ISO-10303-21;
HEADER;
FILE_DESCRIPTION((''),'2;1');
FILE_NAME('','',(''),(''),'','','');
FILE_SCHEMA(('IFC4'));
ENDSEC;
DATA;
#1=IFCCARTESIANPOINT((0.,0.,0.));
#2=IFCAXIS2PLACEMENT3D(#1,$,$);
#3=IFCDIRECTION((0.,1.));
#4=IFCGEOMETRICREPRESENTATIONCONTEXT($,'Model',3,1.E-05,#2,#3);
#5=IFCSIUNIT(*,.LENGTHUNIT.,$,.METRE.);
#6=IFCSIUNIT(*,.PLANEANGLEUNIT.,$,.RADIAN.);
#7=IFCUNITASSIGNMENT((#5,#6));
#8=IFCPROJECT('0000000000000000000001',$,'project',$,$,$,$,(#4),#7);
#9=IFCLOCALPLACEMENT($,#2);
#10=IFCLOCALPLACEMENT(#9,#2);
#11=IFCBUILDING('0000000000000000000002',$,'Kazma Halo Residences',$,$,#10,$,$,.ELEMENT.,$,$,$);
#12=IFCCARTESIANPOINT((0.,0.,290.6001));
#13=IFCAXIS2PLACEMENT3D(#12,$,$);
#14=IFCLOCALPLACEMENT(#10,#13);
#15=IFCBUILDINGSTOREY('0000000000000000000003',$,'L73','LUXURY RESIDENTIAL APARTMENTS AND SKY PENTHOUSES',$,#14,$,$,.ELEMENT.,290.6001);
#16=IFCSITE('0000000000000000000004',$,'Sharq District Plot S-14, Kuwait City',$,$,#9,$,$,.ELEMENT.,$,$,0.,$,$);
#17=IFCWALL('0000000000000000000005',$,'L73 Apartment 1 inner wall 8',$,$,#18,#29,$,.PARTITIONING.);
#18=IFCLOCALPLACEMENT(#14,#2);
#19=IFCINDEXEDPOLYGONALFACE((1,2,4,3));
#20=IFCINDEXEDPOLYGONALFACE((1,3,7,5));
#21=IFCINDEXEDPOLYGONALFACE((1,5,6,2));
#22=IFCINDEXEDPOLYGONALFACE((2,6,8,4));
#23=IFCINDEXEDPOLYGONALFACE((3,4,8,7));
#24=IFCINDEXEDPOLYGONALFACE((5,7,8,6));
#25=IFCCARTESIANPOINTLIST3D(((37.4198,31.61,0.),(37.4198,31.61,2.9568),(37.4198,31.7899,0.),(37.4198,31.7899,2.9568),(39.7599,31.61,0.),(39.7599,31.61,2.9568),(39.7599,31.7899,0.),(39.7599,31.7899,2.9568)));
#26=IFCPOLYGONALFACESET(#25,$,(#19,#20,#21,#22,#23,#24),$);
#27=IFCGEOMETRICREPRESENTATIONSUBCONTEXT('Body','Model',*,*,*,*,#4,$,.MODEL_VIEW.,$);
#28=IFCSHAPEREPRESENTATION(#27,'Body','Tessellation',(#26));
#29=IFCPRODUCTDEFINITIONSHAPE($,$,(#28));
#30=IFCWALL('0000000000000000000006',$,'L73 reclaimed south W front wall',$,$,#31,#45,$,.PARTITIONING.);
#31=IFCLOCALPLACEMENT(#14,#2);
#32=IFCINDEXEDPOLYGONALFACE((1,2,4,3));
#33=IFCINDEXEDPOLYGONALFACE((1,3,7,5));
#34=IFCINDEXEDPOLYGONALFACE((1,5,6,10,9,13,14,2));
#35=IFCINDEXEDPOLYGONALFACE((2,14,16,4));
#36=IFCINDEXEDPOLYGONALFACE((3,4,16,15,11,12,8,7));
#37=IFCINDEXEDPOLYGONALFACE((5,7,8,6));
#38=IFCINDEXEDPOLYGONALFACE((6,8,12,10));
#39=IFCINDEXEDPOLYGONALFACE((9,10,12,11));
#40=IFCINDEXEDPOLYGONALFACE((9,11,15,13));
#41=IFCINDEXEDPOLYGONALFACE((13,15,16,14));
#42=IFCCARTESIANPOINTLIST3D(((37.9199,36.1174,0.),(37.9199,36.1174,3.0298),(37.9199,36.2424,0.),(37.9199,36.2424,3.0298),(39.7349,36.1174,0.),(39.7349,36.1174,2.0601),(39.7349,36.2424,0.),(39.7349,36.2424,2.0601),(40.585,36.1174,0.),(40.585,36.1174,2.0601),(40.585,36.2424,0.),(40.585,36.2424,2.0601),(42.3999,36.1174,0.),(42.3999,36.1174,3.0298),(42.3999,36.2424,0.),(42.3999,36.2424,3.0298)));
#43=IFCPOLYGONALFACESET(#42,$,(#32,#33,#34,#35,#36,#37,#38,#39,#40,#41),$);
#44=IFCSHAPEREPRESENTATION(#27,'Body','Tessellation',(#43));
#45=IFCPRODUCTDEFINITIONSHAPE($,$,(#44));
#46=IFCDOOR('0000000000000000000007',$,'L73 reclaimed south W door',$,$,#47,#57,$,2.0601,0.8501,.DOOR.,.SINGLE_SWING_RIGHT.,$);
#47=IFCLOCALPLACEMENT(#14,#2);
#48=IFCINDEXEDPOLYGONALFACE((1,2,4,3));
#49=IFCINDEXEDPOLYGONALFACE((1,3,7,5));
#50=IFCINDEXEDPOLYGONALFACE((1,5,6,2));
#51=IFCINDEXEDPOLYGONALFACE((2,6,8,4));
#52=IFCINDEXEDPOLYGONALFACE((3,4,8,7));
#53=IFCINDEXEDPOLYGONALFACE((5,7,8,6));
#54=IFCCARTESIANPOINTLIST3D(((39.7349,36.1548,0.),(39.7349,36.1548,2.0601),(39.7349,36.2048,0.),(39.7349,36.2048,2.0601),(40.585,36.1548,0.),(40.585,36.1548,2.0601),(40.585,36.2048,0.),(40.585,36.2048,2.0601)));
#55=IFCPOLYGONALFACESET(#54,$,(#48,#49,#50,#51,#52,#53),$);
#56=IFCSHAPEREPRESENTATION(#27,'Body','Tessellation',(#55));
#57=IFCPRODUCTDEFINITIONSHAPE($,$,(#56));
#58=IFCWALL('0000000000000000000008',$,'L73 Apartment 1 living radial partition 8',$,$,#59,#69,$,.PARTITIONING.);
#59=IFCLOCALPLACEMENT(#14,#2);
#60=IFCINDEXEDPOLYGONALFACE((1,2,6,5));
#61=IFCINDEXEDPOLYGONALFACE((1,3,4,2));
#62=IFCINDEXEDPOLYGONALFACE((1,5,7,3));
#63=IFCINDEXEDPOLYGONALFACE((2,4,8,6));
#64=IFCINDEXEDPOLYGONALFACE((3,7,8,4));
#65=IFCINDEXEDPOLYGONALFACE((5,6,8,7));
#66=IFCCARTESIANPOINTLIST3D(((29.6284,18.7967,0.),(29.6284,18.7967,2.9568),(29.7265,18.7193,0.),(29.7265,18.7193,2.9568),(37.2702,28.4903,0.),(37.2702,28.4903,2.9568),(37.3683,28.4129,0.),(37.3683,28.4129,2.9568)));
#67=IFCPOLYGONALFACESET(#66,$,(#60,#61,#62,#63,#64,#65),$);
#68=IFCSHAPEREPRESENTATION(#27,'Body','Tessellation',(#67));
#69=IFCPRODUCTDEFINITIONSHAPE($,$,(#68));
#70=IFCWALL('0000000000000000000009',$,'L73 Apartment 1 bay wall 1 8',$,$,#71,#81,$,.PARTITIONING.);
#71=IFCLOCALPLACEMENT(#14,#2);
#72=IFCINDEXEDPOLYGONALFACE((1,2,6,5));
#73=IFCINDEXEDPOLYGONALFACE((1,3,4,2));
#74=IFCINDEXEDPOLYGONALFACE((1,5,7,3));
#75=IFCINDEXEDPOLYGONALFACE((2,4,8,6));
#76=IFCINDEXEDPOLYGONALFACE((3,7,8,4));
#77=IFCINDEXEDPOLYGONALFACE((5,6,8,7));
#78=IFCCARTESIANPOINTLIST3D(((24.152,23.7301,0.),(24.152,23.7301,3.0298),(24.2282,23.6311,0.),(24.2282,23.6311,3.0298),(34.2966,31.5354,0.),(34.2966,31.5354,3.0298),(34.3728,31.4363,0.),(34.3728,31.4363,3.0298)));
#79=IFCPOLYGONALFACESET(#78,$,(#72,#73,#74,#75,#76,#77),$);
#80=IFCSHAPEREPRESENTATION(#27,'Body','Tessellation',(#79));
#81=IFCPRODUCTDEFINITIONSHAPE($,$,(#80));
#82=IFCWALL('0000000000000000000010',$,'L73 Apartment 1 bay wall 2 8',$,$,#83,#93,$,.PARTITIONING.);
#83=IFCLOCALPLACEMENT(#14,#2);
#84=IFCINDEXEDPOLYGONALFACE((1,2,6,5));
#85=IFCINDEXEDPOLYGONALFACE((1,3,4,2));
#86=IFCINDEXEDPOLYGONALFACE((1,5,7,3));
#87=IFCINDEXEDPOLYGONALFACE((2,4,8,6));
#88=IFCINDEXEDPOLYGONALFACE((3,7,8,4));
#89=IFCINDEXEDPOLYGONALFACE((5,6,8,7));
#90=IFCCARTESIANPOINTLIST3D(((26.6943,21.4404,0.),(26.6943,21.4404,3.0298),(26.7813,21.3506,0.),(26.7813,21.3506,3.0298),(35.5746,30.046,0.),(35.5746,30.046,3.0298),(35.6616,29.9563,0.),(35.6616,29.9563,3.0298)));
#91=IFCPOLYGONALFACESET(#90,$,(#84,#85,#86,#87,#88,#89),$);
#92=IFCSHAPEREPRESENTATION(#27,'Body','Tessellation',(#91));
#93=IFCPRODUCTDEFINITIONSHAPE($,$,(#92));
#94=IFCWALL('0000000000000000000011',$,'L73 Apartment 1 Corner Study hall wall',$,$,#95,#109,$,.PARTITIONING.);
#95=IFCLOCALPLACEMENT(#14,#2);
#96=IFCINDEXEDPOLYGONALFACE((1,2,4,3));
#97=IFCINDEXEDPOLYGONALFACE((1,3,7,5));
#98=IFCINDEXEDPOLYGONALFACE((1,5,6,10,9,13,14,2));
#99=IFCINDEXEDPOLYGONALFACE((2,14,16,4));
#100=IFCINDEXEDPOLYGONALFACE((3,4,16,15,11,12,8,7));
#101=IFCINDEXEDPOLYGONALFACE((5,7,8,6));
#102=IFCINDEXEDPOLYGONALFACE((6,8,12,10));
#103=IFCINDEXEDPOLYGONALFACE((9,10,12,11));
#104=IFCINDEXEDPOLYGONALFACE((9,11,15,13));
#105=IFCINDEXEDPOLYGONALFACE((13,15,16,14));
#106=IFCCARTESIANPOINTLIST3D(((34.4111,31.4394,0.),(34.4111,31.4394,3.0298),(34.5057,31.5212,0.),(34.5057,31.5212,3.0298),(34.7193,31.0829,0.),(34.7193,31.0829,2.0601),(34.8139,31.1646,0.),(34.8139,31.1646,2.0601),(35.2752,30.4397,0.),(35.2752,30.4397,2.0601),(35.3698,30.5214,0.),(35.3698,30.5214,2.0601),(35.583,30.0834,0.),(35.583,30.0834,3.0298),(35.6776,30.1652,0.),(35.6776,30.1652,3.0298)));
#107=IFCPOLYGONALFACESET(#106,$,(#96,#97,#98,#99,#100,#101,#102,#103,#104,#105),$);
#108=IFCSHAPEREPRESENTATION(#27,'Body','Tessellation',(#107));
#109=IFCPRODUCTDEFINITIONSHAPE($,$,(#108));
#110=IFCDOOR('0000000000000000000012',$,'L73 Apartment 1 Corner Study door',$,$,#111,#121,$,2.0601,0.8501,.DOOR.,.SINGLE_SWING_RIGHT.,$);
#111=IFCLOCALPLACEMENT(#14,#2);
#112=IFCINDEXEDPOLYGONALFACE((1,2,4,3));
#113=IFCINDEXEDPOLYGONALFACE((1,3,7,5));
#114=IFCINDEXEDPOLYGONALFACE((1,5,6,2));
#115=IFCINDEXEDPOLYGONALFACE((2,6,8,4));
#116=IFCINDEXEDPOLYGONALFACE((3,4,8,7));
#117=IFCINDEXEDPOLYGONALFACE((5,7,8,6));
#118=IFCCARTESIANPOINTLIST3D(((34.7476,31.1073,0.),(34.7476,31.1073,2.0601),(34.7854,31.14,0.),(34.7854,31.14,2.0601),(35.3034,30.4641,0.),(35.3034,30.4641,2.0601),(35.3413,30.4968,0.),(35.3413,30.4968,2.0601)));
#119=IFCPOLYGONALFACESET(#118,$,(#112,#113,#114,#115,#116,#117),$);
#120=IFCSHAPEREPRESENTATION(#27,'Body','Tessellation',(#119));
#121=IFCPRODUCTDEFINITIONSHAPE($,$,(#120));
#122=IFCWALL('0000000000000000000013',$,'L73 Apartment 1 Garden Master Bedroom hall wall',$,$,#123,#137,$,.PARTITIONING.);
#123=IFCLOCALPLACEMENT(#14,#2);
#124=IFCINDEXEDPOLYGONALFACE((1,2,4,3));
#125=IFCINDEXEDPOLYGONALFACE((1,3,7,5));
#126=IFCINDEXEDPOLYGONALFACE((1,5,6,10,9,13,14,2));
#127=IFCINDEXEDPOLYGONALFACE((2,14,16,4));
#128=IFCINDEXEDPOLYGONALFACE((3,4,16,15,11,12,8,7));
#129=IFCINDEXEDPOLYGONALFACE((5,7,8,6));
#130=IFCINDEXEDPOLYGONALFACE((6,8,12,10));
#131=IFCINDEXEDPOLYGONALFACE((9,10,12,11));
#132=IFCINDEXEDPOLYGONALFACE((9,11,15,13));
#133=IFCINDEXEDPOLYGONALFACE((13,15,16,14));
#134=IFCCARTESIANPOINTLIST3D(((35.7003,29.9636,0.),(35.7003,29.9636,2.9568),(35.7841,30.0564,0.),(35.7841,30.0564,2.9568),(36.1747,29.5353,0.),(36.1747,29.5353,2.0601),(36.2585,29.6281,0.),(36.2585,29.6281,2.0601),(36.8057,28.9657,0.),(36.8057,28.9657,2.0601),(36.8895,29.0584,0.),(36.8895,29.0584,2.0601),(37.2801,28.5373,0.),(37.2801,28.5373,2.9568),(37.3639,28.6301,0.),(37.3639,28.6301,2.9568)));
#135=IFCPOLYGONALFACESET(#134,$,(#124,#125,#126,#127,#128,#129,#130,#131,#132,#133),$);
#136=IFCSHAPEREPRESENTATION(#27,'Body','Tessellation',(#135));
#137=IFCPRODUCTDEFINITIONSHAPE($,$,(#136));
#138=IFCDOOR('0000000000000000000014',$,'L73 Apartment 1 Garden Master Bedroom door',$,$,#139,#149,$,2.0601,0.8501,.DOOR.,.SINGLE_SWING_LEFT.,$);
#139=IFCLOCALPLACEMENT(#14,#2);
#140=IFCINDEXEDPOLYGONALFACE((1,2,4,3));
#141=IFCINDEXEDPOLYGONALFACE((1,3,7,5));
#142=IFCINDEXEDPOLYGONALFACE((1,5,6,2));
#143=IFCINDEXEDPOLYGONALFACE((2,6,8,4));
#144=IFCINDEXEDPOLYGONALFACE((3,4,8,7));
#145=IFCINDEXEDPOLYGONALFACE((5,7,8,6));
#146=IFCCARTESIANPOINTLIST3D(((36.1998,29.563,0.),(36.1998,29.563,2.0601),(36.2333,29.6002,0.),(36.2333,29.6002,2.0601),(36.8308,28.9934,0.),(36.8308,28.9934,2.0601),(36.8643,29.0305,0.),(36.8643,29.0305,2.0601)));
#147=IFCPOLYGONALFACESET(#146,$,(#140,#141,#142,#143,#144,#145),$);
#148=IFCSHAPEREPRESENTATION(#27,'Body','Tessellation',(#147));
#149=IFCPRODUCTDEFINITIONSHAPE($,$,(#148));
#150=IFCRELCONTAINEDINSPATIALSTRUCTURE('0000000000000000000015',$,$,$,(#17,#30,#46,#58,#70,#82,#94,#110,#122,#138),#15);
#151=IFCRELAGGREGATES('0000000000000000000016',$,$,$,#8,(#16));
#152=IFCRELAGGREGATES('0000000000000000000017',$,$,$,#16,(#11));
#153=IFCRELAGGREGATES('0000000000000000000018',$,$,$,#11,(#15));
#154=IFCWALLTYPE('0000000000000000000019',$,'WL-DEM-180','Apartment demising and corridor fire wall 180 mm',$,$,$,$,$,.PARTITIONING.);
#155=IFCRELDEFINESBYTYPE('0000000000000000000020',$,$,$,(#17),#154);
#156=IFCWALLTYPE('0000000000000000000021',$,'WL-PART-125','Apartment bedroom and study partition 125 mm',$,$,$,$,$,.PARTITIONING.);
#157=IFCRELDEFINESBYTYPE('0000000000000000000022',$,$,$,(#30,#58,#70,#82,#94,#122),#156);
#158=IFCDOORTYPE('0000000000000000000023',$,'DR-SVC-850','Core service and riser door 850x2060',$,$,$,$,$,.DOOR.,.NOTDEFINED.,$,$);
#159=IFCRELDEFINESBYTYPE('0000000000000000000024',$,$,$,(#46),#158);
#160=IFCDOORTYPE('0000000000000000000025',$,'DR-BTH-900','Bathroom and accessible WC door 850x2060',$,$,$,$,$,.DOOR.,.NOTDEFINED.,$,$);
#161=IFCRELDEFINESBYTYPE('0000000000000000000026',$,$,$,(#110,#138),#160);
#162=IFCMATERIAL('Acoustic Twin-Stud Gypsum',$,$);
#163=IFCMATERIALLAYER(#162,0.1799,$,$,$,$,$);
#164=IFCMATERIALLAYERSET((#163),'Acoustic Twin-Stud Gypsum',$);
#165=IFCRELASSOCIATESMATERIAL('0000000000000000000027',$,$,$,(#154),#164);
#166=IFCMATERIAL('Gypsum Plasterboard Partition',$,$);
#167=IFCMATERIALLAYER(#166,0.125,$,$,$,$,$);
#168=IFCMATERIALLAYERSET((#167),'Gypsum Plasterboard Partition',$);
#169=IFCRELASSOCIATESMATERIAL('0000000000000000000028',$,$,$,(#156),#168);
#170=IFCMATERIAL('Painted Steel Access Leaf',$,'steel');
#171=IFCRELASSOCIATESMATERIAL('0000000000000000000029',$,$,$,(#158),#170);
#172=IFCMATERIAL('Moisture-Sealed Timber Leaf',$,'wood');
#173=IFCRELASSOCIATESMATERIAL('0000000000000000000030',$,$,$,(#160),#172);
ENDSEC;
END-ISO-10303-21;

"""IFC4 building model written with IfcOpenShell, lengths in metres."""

from ifc_helpers import new_model, si_unit, direction, frame, frame_2d, origin, place, context, subcontext, project, spatial, rectangle, extrude, material, layer, layer_set, type_object, element, fill, save


model = new_model("IFC4")

# Units and contexts
model_context = context("Model", 3, precision=1e-05, world=origin(), true_north=direction((0.0, 1.0)))
body_context = subcontext(model_context, "Body", "Model", "MODEL_VIEW")
ifc_project = project(units=[si_unit("LENGTHUNIT", "METRE"), si_unit("PLANEANGLEUNIT", "RADIAN")], contexts=[model_context])

# Site, building, storey
site_placement = place(None, origin())
site = spatial("IfcSite", under=ifc_project, at=site_placement, Name="Sharq District Plot S-14, Kuwait City", CompositionType="ELEMENT", RefElevation=0.0)
building_placement = place(site_placement, origin())
building = spatial("IfcBuilding", under=site, at=building_placement, Name="Kazma Halo Residences", CompositionType="ELEMENT")
storey_placement = place(building_placement, frame((0.0, 0.0, 290.6001)))
storey = spatial("IfcBuildingStorey", under=building, at=storey_placement, Name="L73", Description="LUXURY RESIDENTIAL APARTMENTS AND SKY PENTHOUSES", CompositionType="ELEMENT", Elevation=290.6001)

# Wall
ifc_material_1 = material(Name="Acoustic Twin-Stud Gypsum")
ifc_layer_1 = layer(ifc_material_1, 0.1799)
ifc_layer_set_1 = layer_set([ifc_layer_1], Name="Acoustic Twin-Stud Gypsum")
wall_type_1 = type_object("IfcWallType", Name="WL-DEM-180", Description="Apartment demising and corridor fire wall 180 mm", PredefinedType="PARTITIONING", material=ifc_layer_set_1)
wall_1_placement = place(storey_placement, frame((37.4199, 31.7, 0.0), z_axis=(0.0, 0.0, 1.0), x_axis=(1.0, 0.0, 0.0)))
element("IfcWall", 1, at=wall_1_placement, inside=storey, type_object=wall_type_1, Name="L73 Apartment 1 inner wall 8", PredefinedType="PARTITIONING", context=body_context, shape_type="SweptSolid", body=[
    extrude(rectangle(XDim=2.3401, YDim=0.1799, at=frame_2d((1.1699, 0.0))), origin(), (0.0, 0.0, 1.0), 2.9568),
])

# Wall, opening, door
ifc_material_2 = material(Name="Gypsum Plasterboard Partition")
ifc_layer_2 = layer(ifc_material_2, 0.125)
ifc_layer_set_2 = layer_set([ifc_layer_2], Name="Gypsum Plasterboard Partition")
wall_type_2 = type_object("IfcWallType", Name="WL-PART-125", Description="Apartment bedroom and study partition 125 mm", PredefinedType="PARTITIONING", material=ifc_layer_set_2)
wall_2_placement = place(storey_placement, frame((37.9199, 36.1799, 0.0), z_axis=(0.0, 0.0, 1.0), x_axis=(1.0, 0.0, 0.0)))
wall_2 = element("IfcWall", 2, at=wall_2_placement, inside=storey, type_object=wall_type_2, Name="L73 reclaimed south W front wall", PredefinedType="PARTITIONING", context=body_context, shape_type="SweptSolid", body=[
    extrude(rectangle(XDim=4.48, YDim=0.125, at=frame_2d((2.24, 0.0))), origin(), (0.0, 0.0, 1.0), 3.0298),
])
opening_1_placement = place(wall_2_placement, frame((1.8149, 0.0, 0.0)))
opening_1 = element("IfcOpeningElement", 3, at=opening_1_placement, cuts=wall_2, PredefinedType="OPENING", context=body_context, shape_type="SweptSolid", body=[
    extrude(rectangle(XDim=0.8501, YDim=2.0601, at=frame_2d((0.425, 1.03))), frame((0.0, 0.0725, 0.0), z_axis=(0.0, -1.0, 0.0), x_axis=(1.0, 0.0, 0.0)), (0.0, 0.0, 1.0), 0.145),
])
ifc_material_3 = material(Name="Painted Steel Access Leaf", Category="steel")
door_type_1 = type_object("IfcDoorType", Name="DR-SVC-850", Description="Core service and riser door 850x2060", OperationType="NOTDEFINED", PredefinedType="DOOR", material=ifc_material_3)
door_1_placement = place(opening_1_placement, origin())
door_1 = element("IfcDoor", 4, at=door_1_placement, inside=storey, type_object=door_type_1, Name="L73 reclaimed south W door", OperationType="SINGLE_SWING_RIGHT", OverallHeight=2.0601, OverallWidth=0.8501, PredefinedType="DOOR", context=body_context, shape_type="SweptSolid", body=[
    extrude(rectangle(XDim=0.8501, YDim=2.0601, at=frame_2d((0.425, 1.03))), frame((0.0, 0.0249, 0.0), z_axis=(0.0, -1.0, 0.0), x_axis=(1.0, 0.0, 0.0)), (0.0, 0.0, 1.0), 0.05),
])
fill(opening_1, door_1)

# Walls
wall_3_placement = place(storey_placement, frame((37.3193, 28.4517, 0.0), z_axis=(0.0, 0.0, 1.0), x_axis=(-0.619095, -0.785316, 0.0)))
element("IfcWall", 5, at=wall_3_placement, inside=storey, type_object=wall_type_2, Name="L73 Apartment 1 living radial partition 8", PredefinedType="PARTITIONING", context=body_context, shape_type="SweptSolid", body=[
    extrude(rectangle(XDim=12.3435, YDim=0.125, at=frame_2d((6.1719, 0.0))), origin(), (0.0, 0.0, 1.0), 2.9568),
])
wall_4_placement = place(storey_placement, frame((34.3347, 31.4858, 0.0), z_axis=(0.0, 0.0, 1.0), x_axis=(-0.79256, -0.609794, 0.0)))
element("IfcWall", 6, at=wall_4_placement, inside=storey, type_object=wall_type_2, Name="L73 Apartment 1 bay wall 1 8", PredefinedType="PARTITIONING", context=body_context, shape_type="SweptSolid", body=[
    extrude(rectangle(XDim=12.7998, YDim=0.125, at=frame_2d((6.3999, 0.0))), origin(), (0.0, 0.0, 1.0), 3.0298),
])
wall_5_placement = place(storey_placement, frame((35.6182, 30.0012, 0.0), z_axis=(0.0, 0.0, 1.0), x_axis=(-0.718125, -0.695914, 0.0)))
element("IfcWall", 7, at=wall_5_placement, inside=storey, type_object=wall_type_2, Name="L73 Apartment 1 bay wall 2 8", PredefinedType="PARTITIONING", context=body_context, shape_type="SweptSolid", body=[
    extrude(rectangle(XDim=12.366, YDim=0.125, at=frame_2d((6.1831, 0.0))), origin(), (0.0, 0.0, 1.0), 3.0298),
])

# Walls, openings, doors
wall_6_placement = place(storey_placement, frame((34.4585, 31.4802, 0.0), z_axis=(0.0, 0.0, 1.0), x_axis=(0.653882, -0.756596, 0.0)))
wall_6 = element("IfcWall", 8, at=wall_6_placement, inside=storey, type_object=wall_type_2, Name="L73 Apartment 1 Corner Study hall wall", PredefinedType="PARTITIONING", context=body_context, shape_type="SweptSolid", body=[
    extrude(rectangle(XDim=1.7922, YDim=0.125, at=frame_2d((0.896, 0.0))), origin(), (0.0, 0.0, 1.0), 3.0298),
])
opening_2_placement = place(wall_6_placement, frame((0.4712, 0.0, 0.0)))
opening_2 = element("IfcOpeningElement", 9, at=opening_2_placement, cuts=wall_6, PredefinedType="OPENING", context=body_context, shape_type="SweptSolid", body=[
    extrude(rectangle(XDim=0.8501, YDim=2.0601, at=frame_2d((0.425, 1.03))), frame((0.0, 0.0725, 0.0), z_axis=(0.0, -1.0, 0.0), x_axis=(1.0, 0.0, 0.0)), (0.0, 0.0, 1.0), 0.145),
])
ifc_material_4 = material(Name="Moisture-Sealed Timber Leaf", Category="wood")
door_type_2 = type_object("IfcDoorType", Name="DR-BTH-900", Description="Bathroom and accessible WC door 850x2060", OperationType="NOTDEFINED", PredefinedType="DOOR", material=ifc_material_4)
door_2_placement = place(opening_2_placement, origin())
door_2 = element("IfcDoor", 10, at=door_2_placement, inside=storey, type_object=door_type_2, Name="L73 Apartment 1 Corner Study door", OperationType="SINGLE_SWING_RIGHT", OverallHeight=2.0601, OverallWidth=0.8501, PredefinedType="DOOR", context=body_context, shape_type="SweptSolid", body=[
    extrude(rectangle(XDim=0.8501, YDim=2.0601, at=frame_2d((0.425, 1.03))), frame((0.0, 0.0249, 0.0), z_axis=(0.0, -1.0, 0.0), x_axis=(1.0, 0.0, 0.0)), (0.0, 0.0, 1.0), 0.05),
])
fill(opening_2, door_2)
wall_7_placement = place(storey_placement, frame((35.7422, 30.01, 0.0), z_axis=(0.0, 0.0, 1.0), x_axis=(0.742261, -0.670111, 0.0)))
wall_7 = element("IfcWall", 11, at=wall_7_placement, inside=storey, type_object=wall_type_2, Name="L73 Apartment 1 Garden Master Bedroom hall wall", PredefinedType="PARTITIONING", context=body_context, shape_type="SweptSolid", body=[
    extrude(rectangle(XDim=2.1284, YDim=0.125, at=frame_2d((1.0642, 0.0))), origin(), (0.0, 0.0, 1.0), 2.9568),
])
opening_3_placement = place(wall_7_placement, frame((0.6392, 0.0, 0.0)))
opening_3 = element("IfcOpeningElement", 12, at=opening_3_placement, cuts=wall_7, PredefinedType="OPENING", context=body_context, shape_type="SweptSolid", body=[
    extrude(rectangle(XDim=0.8501, YDim=2.0601, at=frame_2d((0.425, 1.03))), frame((0.0, 0.0725, 0.0), z_axis=(0.0, -1.0, 0.0), x_axis=(1.0, 0.0, 0.0)), (0.0, 0.0, 1.0), 0.145),
])
door_3_placement = place(opening_3_placement, origin())
door_3 = element("IfcDoor", 13, at=door_3_placement, inside=storey, type_object=door_type_2, Name="L73 Apartment 1 Garden Master Bedroom door", OperationType="SINGLE_SWING_LEFT", OverallHeight=2.0601, OverallWidth=0.8501, PredefinedType="DOOR", context=body_context, shape_type="SweptSolid", body=[
    extrude(rectangle(XDim=0.8501, YDim=2.0601, at=frame_2d((0.425, 1.03))), frame((0.0, 0.0249, 0.0), z_axis=(0.0, -1.0, 0.0), x_axis=(1.0, 0.0, 0.0)), (0.0, 0.0, 1.0), 0.05),
])
fill(opening_3, door_3)

save(model, "model.ifc")
